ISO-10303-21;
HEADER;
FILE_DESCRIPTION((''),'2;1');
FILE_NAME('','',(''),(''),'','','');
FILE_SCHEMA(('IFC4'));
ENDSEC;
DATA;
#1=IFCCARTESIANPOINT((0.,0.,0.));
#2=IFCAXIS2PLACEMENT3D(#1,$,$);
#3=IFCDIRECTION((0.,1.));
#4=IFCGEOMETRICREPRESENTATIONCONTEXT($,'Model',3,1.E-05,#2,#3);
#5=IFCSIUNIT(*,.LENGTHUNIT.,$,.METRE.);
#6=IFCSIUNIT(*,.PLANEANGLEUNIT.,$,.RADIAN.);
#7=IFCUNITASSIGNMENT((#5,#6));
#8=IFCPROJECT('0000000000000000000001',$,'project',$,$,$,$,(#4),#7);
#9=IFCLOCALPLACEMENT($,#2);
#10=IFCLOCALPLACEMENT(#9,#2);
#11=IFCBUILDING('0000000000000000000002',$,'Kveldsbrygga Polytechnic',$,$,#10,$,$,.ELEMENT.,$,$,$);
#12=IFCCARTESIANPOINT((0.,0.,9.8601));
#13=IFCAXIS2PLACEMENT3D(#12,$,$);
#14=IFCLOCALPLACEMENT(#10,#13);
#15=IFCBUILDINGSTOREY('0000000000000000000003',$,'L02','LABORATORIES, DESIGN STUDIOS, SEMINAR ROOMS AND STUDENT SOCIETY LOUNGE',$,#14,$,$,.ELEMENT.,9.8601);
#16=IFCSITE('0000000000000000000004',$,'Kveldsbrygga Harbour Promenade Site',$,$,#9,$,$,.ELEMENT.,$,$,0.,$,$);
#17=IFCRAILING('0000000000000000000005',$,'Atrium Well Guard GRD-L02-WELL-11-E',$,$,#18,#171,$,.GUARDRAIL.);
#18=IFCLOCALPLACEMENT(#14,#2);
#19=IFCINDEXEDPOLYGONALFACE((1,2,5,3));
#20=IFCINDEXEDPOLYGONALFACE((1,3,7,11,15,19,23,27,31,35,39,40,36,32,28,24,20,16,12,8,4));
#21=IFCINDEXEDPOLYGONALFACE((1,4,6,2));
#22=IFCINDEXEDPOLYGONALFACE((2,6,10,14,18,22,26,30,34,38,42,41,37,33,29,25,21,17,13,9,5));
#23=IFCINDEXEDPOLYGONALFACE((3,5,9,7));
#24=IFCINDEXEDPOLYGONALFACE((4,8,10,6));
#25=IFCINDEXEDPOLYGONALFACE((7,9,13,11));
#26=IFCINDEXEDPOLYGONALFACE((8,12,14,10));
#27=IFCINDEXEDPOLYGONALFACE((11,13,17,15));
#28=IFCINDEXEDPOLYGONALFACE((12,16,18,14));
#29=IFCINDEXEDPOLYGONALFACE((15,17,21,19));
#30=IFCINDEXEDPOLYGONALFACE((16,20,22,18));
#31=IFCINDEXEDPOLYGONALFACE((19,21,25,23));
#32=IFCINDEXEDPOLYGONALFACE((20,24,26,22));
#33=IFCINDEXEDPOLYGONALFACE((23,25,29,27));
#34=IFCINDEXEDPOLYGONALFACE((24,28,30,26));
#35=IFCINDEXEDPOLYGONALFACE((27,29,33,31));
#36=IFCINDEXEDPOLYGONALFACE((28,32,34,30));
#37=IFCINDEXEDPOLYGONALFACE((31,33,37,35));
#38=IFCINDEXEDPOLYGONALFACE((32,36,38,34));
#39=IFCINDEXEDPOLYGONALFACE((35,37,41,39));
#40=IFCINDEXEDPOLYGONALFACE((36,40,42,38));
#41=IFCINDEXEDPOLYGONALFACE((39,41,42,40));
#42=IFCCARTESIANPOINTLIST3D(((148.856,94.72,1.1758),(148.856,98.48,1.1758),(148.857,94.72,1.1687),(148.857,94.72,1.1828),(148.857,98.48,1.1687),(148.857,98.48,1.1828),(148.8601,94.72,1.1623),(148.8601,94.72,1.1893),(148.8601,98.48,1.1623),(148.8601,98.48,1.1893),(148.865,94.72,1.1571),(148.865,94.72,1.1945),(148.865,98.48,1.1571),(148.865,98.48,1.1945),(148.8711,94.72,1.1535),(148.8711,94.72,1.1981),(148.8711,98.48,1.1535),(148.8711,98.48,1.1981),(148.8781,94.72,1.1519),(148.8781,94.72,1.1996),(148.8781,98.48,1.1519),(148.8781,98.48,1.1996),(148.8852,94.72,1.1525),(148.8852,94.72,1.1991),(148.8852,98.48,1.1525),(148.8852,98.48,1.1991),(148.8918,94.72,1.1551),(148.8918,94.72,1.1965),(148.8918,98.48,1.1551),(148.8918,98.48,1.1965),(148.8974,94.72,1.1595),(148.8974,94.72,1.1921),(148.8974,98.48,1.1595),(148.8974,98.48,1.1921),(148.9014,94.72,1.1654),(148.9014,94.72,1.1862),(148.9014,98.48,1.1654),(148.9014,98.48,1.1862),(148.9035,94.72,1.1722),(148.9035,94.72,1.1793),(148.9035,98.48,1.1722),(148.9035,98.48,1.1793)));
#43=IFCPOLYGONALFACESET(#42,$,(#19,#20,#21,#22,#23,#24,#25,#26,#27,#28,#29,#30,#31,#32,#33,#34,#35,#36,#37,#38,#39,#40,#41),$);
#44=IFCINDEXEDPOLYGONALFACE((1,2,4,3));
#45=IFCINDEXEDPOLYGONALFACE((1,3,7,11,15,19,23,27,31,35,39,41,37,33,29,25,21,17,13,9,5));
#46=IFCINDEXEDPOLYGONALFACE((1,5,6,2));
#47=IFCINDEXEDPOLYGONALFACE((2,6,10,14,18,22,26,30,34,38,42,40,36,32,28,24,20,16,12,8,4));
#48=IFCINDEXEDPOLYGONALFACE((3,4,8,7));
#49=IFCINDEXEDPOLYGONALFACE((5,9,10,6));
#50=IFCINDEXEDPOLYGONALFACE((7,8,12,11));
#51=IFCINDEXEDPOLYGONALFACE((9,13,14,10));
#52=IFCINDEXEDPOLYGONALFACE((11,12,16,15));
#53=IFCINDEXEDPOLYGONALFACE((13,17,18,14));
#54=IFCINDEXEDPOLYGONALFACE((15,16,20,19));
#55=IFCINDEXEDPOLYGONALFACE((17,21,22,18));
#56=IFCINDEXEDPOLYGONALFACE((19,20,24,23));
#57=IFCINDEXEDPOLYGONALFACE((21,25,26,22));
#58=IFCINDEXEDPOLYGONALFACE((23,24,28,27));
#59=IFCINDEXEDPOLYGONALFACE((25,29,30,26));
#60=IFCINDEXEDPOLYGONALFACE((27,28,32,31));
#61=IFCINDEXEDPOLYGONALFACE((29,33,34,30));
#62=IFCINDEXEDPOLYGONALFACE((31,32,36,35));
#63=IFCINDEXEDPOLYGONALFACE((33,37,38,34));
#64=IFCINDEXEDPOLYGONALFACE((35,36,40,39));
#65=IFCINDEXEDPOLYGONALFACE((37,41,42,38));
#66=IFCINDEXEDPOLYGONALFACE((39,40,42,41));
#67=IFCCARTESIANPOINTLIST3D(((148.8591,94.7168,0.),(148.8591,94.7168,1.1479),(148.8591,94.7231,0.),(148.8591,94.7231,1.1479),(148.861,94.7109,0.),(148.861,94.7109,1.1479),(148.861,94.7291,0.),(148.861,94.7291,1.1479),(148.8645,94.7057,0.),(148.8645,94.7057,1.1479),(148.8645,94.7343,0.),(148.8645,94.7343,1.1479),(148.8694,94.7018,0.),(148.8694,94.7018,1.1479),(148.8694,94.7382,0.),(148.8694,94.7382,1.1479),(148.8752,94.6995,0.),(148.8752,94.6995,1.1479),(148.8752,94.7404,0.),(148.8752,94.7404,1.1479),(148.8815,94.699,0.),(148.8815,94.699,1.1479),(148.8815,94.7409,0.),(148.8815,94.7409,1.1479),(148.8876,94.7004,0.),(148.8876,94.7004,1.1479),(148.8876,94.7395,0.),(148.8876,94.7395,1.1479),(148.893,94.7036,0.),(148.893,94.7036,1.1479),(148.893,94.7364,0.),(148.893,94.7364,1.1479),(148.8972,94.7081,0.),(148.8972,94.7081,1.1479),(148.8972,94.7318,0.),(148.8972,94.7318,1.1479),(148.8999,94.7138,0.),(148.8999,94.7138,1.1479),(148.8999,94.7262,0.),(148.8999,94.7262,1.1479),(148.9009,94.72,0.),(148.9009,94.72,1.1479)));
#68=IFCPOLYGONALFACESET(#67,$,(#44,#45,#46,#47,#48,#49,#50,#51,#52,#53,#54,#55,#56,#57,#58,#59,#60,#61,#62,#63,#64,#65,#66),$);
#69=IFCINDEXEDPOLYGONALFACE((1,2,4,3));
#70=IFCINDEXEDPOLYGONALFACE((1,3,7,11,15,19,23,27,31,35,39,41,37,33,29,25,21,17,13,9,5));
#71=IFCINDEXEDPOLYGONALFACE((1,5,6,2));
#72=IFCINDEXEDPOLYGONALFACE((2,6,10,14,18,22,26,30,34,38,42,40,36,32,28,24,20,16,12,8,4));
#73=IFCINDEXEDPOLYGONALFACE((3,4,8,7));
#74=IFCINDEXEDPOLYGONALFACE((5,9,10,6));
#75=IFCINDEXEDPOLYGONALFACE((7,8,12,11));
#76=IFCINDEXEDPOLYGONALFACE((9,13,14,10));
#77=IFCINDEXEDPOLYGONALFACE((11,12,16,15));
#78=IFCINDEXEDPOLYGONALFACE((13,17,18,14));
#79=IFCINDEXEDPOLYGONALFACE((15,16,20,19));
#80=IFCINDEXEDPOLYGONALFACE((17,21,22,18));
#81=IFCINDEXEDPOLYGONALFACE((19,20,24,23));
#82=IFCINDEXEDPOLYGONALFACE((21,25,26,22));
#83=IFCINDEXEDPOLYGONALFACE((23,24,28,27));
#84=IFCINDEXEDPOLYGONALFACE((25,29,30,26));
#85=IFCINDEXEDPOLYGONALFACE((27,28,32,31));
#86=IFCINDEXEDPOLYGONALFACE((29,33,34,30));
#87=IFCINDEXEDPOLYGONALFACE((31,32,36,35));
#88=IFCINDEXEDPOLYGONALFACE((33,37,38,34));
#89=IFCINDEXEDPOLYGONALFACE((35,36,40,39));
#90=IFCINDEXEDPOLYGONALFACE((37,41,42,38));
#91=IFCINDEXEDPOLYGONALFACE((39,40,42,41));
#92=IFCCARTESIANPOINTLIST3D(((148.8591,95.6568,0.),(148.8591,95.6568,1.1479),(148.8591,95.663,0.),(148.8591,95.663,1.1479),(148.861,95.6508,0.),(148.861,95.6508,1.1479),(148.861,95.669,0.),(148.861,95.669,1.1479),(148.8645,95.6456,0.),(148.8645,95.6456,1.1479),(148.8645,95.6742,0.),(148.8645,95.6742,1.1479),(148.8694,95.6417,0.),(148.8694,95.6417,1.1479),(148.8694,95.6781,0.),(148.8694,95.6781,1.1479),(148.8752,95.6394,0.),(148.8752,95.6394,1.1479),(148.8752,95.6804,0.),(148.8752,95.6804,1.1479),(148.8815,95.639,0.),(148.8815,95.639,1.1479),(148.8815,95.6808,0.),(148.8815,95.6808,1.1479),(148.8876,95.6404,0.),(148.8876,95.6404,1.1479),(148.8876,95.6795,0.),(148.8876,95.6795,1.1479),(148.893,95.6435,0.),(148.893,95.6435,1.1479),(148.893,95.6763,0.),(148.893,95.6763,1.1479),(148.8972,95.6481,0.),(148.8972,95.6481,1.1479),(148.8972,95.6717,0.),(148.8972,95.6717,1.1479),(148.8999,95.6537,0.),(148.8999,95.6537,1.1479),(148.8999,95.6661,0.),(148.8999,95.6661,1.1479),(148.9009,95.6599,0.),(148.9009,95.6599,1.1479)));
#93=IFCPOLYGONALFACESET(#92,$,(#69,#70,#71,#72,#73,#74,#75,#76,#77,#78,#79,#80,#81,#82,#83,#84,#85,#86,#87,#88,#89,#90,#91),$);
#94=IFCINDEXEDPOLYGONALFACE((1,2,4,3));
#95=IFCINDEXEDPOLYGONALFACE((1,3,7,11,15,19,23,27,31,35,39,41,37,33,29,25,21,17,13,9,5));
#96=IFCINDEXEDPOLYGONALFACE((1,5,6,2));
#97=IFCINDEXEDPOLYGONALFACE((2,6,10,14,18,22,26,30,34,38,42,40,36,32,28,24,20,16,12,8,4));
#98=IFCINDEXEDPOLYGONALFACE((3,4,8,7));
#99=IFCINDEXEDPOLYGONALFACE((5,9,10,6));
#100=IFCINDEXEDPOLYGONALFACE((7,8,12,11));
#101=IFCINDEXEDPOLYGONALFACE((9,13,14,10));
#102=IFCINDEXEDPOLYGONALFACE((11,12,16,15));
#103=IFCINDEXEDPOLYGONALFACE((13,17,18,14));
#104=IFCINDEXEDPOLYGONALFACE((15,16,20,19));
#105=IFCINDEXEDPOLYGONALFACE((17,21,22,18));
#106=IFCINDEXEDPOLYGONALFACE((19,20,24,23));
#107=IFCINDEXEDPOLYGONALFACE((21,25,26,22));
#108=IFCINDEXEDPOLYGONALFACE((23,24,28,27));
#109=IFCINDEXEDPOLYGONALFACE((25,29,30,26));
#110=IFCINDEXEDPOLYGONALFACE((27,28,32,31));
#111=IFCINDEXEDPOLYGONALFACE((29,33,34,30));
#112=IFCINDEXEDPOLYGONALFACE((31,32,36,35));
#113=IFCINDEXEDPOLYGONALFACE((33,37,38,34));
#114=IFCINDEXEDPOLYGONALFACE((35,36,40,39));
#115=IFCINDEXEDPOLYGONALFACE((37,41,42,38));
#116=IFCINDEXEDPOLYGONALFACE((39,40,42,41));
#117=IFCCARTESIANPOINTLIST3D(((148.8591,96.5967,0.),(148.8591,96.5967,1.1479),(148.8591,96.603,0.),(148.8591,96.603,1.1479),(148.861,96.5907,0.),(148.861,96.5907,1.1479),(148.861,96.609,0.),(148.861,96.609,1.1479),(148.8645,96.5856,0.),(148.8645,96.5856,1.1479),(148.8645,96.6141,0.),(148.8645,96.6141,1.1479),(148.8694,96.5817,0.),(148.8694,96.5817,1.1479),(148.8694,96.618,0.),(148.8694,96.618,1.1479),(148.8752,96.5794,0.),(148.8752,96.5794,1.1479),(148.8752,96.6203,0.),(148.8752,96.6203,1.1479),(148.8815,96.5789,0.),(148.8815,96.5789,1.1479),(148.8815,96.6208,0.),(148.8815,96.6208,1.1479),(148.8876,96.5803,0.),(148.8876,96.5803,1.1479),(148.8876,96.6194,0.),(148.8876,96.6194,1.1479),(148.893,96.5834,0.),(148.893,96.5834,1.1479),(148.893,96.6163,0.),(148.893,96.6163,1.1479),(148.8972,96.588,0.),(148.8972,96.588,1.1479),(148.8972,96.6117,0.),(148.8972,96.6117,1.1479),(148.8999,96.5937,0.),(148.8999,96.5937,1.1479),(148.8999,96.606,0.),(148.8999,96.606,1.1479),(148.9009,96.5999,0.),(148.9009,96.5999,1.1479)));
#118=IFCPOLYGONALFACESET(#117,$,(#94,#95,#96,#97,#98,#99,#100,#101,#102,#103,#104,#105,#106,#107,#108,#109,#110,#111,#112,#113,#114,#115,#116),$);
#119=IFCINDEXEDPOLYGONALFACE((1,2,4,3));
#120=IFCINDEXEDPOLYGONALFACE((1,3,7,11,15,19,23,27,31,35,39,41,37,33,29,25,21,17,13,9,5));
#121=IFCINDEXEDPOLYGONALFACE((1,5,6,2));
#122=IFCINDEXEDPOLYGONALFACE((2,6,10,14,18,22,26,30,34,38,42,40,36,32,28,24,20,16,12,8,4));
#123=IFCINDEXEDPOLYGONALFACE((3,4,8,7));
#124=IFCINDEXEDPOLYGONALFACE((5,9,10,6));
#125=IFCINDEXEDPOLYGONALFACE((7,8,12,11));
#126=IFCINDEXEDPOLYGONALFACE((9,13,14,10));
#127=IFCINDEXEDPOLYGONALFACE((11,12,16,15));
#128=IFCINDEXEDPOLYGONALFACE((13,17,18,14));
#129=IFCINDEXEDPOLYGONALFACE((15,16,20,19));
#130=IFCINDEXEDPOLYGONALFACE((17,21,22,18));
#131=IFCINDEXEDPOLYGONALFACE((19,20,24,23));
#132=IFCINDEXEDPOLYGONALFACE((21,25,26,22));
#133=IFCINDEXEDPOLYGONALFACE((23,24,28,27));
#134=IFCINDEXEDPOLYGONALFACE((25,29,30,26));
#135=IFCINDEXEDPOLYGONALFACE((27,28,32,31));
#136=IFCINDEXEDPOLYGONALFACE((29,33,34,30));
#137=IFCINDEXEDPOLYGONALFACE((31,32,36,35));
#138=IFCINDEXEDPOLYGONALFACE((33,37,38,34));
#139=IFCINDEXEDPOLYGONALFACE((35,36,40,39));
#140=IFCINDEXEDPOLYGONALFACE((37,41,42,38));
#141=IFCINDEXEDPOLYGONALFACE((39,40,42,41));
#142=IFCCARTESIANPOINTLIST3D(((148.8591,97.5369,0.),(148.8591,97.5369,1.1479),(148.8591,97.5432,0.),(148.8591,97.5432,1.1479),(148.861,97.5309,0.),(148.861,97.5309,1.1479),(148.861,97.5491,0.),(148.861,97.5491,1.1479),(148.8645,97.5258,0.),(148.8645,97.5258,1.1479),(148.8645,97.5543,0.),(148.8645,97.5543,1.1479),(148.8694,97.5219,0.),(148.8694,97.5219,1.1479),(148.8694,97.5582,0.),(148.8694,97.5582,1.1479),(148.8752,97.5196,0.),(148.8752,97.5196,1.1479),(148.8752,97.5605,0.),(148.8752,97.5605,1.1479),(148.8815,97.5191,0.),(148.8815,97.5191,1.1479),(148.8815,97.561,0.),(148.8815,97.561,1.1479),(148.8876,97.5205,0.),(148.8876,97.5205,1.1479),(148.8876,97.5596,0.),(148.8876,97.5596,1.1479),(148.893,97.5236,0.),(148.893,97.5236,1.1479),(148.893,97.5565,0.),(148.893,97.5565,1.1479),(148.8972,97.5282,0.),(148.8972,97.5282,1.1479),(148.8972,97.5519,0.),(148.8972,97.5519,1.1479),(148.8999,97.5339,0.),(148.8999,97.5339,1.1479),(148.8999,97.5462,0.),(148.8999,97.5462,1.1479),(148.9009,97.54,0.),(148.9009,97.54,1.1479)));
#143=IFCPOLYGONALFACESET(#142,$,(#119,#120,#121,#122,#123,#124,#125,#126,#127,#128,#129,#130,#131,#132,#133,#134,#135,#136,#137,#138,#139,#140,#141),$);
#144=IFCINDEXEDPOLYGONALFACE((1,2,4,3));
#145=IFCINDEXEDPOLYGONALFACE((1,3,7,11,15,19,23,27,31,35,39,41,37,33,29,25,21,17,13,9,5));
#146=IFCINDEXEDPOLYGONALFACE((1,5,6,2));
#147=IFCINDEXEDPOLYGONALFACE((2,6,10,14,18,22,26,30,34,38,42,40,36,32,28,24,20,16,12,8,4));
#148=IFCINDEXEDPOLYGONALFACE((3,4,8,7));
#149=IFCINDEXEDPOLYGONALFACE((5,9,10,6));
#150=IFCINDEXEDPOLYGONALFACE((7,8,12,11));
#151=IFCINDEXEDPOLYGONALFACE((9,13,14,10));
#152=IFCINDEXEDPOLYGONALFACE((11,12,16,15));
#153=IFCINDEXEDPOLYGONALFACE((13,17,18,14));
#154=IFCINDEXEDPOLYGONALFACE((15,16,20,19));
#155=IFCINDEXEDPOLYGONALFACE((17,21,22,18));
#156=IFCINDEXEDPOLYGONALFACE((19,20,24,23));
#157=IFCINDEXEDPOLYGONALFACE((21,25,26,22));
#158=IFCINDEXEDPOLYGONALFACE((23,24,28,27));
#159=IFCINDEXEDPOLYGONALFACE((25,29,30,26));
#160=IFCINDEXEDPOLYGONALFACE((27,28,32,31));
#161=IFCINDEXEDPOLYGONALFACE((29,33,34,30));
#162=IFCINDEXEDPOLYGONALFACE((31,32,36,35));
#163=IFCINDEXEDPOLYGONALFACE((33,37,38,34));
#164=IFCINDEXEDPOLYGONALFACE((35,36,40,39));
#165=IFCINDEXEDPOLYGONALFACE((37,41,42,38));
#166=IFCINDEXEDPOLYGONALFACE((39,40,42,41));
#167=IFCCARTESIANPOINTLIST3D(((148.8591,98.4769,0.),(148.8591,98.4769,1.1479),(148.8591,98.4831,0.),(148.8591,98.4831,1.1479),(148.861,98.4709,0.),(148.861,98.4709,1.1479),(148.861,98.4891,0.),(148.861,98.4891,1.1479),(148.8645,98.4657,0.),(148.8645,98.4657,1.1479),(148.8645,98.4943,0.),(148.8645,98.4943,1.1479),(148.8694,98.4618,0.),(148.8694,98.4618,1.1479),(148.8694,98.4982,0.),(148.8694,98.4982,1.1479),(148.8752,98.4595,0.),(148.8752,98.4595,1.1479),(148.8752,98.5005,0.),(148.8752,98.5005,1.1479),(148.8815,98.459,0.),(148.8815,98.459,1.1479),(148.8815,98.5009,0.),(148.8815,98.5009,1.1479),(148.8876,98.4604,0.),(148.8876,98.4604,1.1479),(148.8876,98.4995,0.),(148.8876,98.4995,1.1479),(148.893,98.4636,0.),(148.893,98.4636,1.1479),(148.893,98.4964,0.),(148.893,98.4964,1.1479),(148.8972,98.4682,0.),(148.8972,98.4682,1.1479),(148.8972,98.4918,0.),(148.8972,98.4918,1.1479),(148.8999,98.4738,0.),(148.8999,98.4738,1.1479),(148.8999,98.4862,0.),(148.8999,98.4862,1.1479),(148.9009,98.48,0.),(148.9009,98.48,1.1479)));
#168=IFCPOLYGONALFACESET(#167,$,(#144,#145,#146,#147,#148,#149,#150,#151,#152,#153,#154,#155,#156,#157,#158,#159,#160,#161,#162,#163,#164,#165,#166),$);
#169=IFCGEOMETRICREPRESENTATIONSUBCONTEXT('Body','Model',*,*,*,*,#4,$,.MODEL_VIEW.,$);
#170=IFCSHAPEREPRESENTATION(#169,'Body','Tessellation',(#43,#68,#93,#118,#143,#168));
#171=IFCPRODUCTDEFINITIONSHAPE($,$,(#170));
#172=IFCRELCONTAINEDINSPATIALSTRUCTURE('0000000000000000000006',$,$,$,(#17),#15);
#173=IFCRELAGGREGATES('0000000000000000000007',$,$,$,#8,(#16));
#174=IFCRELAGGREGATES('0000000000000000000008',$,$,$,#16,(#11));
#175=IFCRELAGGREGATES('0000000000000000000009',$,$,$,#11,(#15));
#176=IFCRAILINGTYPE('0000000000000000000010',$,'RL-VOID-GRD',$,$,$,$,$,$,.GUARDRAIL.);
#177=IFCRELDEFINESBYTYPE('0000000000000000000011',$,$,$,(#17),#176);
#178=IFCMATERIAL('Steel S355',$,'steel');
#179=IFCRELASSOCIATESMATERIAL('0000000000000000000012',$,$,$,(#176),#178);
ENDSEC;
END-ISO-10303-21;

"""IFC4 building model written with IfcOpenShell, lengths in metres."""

from ifc_helpers import new_model, si_unit, direction, frame, origin, origin_2d, place, context, subcontext, project, spatial, circle, extrude, material, type_object, element, save


model = new_model("IFC4")

# Units and contexts
model_context = context("Model", 3, precision=1e-05, world=origin(), true_north=direction((0.0, 1.0)))
body_context = subcontext(model_context, "Body", "Model", "MODEL_VIEW")
ifc_project = project(units=[si_unit("LENGTHUNIT", "METRE"), si_unit("PLANEANGLEUNIT", "RADIAN")], contexts=[model_context])

# Site, building, storey
site_placement = place(None, origin())
site = spatial("IfcSite", under=ifc_project, at=site_placement, Name="Kveldsbrygga Harbour Promenade Site", CompositionType="ELEMENT", RefElevation=0.0)
building_placement = place(site_placement, origin())
building = spatial("IfcBuilding", under=site, at=building_placement, Name="Kveldsbrygga Polytechnic", CompositionType="ELEMENT")
storey_placement = place(building_placement, frame((0.0, 0.0, 9.8601)))
storey = spatial("IfcBuildingStorey", under=building, at=storey_placement, Name="L02", Description="LABORATORIES, DESIGN STUDIOS, SEMINAR ROOMS AND STUDENT SOCIETY LOUNGE", CompositionType="ELEMENT", Elevation=9.8601)

# Shared definitions
ifc_material_1 = material(Name="Steel S355", Category="steel")

# Railing
railing_type = type_object("IfcRailingType", Name="RL-VOID-GRD", PredefinedType="GUARDRAIL", material=ifc_material_1)
railing_1_placement = place(storey_placement, frame((148.8799, 94.72, 0.0)))
element("IfcRailing", 1, at=railing_1_placement, inside=storey, type_object=railing_type, Name="Atrium Well Guard GRD-L02-WELL-11-E", PredefinedType="GUARDRAIL", context=body_context, shape_type="SweptSolid", body=[
    extrude(circle(Radius=0.0239, at=origin_2d()), frame((0.0, 0.0, 1.1758), z_axis=(0.0, 1.0, 0.0), x_axis=(-1.0, 0.0, 0.0)), (0.0, 0.0, 1.0), 3.76),
    extrude(circle(Radius=0.021, at=origin_2d()), origin(), (0.0, 0.0, 1.0), 1.1479),
    extrude(circle(Radius=0.021, at=origin_2d()), frame((0.0, 0.9399, 0.0)), (0.0, 0.0, 1.0), 1.1479),
    extrude(circle(Radius=0.021, at=origin_2d()), frame((0.0, 1.8799, 0.0)), (0.0, 0.0, 1.0), 1.1479),
    extrude(circle(Radius=0.021, at=origin_2d()), frame((0.0, 2.8201, 0.0)), (0.0, 0.0, 1.0), 1.1479),
    extrude(circle(Radius=0.021, at=origin_2d()), frame((0.0, 3.76, 0.0)), (0.0, 0.0, 1.0), 1.1479),
])

save(model, "model.ifc")
